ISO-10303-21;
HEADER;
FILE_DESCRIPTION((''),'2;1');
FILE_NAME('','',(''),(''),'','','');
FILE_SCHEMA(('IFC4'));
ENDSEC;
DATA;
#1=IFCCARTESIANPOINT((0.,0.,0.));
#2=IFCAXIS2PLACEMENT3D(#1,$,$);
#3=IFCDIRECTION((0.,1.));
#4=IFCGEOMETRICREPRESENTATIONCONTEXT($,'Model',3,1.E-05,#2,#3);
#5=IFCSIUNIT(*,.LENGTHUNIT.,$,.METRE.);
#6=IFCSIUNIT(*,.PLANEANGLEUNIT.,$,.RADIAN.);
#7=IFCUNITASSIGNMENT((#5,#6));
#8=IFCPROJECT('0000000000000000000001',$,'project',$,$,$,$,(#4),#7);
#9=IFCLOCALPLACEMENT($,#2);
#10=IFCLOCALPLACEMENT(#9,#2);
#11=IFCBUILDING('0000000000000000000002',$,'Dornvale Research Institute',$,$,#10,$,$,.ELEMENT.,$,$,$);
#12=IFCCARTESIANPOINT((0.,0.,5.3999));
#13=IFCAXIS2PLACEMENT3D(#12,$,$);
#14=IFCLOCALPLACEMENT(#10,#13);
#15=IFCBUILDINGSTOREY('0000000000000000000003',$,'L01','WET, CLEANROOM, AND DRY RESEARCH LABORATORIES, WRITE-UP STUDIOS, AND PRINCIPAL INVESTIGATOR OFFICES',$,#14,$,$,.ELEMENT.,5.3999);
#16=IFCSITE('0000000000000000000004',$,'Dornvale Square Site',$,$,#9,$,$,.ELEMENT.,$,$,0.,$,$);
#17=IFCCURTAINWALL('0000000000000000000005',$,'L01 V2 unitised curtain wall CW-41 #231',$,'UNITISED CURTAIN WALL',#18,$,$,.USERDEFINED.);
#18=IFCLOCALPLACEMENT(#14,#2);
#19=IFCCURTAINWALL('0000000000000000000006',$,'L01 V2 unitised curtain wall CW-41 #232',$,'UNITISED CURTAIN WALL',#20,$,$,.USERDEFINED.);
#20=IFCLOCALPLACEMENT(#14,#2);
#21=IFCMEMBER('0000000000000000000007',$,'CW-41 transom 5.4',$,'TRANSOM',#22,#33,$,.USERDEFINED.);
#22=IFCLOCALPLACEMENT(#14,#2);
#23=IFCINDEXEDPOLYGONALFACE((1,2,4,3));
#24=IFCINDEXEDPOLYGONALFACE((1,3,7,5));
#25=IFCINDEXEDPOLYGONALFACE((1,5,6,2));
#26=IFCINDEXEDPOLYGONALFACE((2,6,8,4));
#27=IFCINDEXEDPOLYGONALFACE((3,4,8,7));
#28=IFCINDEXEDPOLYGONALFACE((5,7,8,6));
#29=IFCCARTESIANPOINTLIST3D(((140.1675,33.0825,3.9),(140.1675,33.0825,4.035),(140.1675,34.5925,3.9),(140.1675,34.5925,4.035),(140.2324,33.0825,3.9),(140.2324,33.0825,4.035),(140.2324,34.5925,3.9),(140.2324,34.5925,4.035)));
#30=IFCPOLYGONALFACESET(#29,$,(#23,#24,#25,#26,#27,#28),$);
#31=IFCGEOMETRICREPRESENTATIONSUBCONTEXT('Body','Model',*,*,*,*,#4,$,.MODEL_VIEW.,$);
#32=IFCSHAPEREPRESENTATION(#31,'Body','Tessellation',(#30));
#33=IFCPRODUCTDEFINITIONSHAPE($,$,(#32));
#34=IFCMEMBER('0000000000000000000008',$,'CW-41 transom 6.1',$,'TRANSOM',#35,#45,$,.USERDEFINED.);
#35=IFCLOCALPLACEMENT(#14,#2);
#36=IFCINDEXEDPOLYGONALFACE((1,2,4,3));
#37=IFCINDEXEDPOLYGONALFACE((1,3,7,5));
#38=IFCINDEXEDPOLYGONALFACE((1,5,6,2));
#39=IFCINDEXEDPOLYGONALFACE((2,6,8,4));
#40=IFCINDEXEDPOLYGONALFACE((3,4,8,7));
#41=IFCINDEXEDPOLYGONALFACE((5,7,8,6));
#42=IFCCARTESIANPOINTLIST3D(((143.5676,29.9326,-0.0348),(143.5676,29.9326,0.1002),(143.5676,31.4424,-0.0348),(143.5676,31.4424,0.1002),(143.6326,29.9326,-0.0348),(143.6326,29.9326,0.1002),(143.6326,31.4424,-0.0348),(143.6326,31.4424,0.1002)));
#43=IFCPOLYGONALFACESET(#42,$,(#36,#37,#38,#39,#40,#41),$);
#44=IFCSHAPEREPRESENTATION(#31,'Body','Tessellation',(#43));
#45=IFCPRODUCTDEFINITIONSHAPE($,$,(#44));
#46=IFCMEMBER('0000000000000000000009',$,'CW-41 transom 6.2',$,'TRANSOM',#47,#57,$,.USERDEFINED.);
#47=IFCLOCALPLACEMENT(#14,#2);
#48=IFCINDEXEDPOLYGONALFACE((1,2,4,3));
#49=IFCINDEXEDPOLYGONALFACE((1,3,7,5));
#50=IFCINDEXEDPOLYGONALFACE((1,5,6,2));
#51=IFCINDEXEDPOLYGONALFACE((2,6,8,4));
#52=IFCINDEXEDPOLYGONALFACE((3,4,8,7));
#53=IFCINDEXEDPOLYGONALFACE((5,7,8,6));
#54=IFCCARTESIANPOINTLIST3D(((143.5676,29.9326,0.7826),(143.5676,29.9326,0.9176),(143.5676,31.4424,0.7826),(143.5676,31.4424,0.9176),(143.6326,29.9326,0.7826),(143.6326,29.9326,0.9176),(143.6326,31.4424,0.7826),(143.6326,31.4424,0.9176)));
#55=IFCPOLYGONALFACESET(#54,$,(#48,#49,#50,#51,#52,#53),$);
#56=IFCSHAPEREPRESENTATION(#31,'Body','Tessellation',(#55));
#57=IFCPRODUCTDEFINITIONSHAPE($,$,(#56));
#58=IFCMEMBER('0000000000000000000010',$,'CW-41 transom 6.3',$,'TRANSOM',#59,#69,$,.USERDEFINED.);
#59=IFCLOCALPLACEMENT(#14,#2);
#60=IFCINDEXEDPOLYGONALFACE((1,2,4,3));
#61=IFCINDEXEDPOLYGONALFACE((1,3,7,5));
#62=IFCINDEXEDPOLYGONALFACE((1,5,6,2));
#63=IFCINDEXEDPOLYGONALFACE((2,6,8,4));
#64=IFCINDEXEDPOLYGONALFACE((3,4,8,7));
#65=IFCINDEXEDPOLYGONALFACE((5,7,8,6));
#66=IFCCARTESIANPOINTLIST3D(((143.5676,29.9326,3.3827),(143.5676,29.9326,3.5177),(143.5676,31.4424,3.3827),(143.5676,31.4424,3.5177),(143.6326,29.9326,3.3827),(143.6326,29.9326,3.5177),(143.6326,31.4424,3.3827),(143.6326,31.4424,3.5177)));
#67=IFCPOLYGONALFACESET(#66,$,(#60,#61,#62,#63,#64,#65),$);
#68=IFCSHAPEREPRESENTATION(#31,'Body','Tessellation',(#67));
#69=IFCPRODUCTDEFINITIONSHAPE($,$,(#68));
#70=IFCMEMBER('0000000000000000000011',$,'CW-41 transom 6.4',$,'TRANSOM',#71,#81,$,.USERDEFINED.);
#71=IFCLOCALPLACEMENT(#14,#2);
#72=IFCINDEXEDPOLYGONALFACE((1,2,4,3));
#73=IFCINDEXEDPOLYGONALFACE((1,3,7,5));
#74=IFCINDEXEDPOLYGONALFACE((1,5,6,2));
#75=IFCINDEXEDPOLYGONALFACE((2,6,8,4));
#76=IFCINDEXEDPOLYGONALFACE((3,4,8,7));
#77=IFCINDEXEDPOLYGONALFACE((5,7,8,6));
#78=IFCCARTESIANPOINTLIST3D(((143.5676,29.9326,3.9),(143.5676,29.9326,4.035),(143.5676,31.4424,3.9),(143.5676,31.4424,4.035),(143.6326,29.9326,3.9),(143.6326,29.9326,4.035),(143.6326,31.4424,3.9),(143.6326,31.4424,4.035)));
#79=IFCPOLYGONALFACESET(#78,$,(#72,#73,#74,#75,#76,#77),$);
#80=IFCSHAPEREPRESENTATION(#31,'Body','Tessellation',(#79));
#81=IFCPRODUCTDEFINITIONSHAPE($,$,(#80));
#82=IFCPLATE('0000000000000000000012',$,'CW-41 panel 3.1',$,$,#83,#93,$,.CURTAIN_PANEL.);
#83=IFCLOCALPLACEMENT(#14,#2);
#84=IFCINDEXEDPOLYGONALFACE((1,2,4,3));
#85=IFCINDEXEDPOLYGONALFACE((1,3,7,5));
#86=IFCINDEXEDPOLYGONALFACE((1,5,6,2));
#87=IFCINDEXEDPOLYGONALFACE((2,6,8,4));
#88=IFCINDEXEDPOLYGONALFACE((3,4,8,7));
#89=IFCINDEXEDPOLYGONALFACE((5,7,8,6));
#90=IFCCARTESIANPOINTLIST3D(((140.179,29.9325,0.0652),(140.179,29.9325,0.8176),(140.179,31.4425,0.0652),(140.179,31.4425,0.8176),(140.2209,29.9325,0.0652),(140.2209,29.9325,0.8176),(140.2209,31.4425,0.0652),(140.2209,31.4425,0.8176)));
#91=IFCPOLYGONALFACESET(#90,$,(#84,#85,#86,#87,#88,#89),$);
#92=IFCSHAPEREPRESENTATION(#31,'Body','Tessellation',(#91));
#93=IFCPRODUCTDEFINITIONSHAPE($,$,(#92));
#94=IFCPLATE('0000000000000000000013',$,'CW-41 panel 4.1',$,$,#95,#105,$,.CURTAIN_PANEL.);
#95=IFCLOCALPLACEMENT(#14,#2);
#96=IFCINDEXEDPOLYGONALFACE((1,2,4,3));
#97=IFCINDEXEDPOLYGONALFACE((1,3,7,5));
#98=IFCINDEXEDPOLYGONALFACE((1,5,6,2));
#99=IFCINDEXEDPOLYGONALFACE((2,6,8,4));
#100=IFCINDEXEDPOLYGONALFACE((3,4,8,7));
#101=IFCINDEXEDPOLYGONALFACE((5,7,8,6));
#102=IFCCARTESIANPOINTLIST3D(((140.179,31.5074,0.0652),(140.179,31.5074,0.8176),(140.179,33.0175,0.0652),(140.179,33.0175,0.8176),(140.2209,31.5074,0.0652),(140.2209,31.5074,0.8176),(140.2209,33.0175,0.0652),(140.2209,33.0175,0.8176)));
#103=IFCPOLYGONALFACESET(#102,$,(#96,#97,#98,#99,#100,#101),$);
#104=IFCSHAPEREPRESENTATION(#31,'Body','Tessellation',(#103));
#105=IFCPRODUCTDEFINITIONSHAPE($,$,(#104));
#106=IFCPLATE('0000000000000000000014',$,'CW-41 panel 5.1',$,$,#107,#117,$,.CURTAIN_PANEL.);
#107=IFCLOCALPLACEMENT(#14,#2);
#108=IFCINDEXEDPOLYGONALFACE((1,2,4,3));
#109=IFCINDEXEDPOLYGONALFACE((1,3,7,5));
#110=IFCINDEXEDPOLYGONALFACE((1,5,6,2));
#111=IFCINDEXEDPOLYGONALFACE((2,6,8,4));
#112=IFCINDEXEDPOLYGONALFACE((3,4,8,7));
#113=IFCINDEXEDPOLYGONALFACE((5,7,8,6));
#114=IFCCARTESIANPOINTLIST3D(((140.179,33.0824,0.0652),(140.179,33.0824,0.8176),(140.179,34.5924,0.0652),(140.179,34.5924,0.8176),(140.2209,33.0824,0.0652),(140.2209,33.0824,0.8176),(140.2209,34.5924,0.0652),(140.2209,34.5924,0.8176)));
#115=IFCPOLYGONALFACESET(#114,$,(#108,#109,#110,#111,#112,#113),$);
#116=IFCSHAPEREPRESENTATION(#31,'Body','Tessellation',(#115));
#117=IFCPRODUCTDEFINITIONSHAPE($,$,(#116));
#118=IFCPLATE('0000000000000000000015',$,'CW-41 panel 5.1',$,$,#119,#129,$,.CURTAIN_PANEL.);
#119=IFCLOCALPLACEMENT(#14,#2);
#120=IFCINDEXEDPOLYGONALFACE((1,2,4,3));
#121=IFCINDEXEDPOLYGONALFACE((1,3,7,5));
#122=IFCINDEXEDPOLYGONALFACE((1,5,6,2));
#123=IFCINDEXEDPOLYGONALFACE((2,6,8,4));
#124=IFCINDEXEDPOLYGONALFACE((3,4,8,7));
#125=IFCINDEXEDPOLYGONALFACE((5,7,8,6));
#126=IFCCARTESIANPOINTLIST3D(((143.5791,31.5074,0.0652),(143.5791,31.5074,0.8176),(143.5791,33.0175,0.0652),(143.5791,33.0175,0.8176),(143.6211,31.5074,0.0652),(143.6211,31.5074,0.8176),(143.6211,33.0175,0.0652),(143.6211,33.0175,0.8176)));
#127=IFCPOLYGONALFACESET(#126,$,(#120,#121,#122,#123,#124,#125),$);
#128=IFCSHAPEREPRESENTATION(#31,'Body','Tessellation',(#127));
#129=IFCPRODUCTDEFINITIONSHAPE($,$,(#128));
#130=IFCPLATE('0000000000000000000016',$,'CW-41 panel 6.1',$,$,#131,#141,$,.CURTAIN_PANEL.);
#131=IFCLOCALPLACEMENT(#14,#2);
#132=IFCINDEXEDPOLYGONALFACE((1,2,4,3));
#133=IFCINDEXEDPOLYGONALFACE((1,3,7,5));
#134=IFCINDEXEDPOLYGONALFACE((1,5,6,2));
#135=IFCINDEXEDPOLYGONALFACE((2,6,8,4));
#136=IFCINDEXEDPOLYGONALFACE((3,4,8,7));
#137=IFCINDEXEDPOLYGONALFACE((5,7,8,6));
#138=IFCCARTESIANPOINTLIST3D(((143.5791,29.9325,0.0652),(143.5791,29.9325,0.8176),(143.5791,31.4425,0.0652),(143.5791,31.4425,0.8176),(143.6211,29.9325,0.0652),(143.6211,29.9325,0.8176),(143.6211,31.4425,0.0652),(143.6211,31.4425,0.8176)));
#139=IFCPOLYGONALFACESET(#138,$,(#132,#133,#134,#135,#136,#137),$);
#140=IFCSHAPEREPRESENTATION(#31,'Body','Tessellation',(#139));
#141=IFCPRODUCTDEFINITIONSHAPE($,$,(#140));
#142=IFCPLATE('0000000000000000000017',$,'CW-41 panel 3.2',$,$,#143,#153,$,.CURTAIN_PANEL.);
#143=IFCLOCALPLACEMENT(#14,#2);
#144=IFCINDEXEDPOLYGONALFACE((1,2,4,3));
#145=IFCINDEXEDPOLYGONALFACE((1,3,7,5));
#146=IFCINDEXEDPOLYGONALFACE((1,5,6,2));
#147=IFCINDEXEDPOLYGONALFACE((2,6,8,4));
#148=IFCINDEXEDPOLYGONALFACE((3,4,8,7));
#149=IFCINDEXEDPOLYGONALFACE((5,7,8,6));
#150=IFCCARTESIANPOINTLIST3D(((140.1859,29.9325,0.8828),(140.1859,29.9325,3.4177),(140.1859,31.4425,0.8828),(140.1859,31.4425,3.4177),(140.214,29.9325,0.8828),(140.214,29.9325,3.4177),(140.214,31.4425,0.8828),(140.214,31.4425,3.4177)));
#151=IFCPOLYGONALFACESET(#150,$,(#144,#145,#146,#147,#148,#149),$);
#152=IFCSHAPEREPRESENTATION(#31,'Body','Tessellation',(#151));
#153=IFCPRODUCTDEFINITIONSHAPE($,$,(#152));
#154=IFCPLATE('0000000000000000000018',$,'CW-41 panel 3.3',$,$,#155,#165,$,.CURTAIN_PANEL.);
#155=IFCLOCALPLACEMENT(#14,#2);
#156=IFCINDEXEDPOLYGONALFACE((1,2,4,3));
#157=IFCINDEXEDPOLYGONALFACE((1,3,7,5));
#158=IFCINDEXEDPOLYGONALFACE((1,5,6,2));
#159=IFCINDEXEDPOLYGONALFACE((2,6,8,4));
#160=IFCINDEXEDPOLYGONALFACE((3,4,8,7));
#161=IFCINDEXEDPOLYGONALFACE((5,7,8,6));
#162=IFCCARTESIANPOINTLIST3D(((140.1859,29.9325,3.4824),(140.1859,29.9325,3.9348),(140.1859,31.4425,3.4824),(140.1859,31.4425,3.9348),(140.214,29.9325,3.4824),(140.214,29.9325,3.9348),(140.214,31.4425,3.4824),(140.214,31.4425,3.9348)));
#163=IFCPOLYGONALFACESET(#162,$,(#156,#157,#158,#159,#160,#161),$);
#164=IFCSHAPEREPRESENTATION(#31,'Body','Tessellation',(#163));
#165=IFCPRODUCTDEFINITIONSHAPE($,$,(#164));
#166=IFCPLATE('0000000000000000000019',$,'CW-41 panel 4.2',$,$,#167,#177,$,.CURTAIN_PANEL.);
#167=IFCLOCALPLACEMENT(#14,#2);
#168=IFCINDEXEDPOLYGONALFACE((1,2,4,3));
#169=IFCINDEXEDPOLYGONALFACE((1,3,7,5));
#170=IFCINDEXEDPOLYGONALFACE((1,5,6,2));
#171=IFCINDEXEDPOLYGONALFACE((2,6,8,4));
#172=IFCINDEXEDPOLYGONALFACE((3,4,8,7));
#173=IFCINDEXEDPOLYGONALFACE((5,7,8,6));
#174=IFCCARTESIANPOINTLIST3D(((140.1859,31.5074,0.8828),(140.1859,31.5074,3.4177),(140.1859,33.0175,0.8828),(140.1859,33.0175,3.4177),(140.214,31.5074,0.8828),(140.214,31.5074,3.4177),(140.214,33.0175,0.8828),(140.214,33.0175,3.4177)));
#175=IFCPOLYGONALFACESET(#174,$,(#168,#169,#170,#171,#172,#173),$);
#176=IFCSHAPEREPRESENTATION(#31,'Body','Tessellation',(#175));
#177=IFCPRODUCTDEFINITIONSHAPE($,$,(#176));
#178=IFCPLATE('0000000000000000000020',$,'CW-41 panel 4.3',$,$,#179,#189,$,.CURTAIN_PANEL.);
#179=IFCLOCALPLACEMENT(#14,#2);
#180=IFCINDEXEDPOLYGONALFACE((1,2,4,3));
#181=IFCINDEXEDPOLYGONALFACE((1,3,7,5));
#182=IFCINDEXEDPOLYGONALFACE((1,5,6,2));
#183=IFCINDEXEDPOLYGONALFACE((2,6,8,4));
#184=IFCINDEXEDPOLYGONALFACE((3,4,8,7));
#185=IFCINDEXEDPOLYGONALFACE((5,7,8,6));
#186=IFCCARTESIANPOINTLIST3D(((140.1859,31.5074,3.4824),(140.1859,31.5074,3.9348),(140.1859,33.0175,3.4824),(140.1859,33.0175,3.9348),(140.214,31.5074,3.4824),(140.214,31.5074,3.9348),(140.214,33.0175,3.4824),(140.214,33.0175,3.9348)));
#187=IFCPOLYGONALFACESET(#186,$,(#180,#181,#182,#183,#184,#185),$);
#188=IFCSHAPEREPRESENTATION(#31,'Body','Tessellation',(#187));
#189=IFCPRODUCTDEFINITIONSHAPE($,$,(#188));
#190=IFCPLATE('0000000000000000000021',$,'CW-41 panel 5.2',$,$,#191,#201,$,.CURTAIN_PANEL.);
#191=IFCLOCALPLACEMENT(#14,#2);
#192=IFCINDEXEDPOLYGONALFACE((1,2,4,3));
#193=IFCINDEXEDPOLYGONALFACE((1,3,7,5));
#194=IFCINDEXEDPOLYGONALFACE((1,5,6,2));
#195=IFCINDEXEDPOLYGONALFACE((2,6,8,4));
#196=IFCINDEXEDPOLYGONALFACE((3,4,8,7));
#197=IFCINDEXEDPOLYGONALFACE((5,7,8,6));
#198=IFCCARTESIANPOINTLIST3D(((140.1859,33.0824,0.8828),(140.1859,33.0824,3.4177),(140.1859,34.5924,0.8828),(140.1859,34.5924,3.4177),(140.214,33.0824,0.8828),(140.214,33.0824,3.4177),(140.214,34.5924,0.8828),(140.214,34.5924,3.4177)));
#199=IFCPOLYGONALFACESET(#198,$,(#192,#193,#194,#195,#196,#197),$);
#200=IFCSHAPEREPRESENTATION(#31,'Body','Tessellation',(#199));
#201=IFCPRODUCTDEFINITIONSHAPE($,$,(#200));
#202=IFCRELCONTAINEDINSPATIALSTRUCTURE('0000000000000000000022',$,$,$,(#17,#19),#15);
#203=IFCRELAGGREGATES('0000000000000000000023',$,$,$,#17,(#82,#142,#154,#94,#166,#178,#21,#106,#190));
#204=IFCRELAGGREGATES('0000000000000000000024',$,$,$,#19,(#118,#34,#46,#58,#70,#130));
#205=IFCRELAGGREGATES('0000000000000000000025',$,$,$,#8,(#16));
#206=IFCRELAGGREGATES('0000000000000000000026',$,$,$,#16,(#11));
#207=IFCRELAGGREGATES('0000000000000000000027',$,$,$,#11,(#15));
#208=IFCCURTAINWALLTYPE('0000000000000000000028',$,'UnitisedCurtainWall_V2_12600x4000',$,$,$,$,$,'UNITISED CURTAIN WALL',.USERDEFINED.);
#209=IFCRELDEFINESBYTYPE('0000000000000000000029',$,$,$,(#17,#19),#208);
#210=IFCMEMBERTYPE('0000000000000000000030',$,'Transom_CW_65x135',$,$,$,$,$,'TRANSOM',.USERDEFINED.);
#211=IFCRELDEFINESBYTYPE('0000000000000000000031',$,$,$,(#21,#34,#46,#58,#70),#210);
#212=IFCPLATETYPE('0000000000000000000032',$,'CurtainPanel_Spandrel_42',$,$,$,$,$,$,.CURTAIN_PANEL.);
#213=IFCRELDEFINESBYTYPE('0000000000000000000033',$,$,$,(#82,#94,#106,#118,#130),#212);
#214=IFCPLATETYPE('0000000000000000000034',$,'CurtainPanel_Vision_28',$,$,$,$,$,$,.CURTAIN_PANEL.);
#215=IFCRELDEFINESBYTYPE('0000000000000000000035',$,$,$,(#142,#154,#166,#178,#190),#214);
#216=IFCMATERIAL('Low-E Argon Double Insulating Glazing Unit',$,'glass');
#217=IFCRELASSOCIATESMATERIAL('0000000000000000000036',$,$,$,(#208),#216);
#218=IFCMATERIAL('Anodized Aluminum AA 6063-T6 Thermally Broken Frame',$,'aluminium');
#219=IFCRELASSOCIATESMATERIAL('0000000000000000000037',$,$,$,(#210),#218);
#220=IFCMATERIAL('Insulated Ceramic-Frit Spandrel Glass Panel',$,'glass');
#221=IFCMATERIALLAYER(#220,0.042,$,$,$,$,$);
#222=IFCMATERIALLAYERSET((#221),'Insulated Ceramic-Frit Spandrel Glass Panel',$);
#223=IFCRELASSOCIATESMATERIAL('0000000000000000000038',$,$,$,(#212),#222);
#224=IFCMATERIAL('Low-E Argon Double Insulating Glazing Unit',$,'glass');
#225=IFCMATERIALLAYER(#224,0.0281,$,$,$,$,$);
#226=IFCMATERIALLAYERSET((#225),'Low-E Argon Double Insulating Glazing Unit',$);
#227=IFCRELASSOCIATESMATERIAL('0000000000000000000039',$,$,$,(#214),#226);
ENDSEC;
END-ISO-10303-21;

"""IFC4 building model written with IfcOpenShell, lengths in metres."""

from ifc_helpers import new_model, si_unit, direction, frame, origin, origin_2d, place, context, subcontext, project, spatial, rectangle, extrude, material, layer, layer_set, material_profile, profile_set, type_object, element, aggregate, save


model = new_model("IFC4")

# Units and contexts
model_context = context("Model", 3, precision=1e-05, world=origin(), true_north=direction((0.0, 1.0)))
body_context = subcontext(model_context, "Body", "Model", "MODEL_VIEW")
ifc_project = project(units=[si_unit("LENGTHUNIT", "METRE"), si_unit("PLANEANGLEUNIT", "RADIAN")], contexts=[model_context])

# Site, building, storey
site_placement = place(None, origin())
site = spatial("IfcSite", under=ifc_project, at=site_placement, Name="Dornvale Square Site", CompositionType="ELEMENT", RefElevation=0.0)
building_placement = place(site_placement, origin())
building = spatial("IfcBuilding", under=site, at=building_placement, Name="Dornvale Research Institute", CompositionType="ELEMENT")
storey_placement = place(building_placement, frame((0.0, 0.0, 5.3999)))
storey = spatial("IfcBuildingStorey", under=building, at=storey_placement, Name="L01", Description="WET, CLEANROOM, AND DRY RESEARCH LABORATORIES, WRITE-UP STUDIOS, AND PRINCIPAL INVESTIGATOR OFFICES", CompositionType="ELEMENT", Elevation=5.3999)

# Curtain walls
ifc_material_1 = material(Name="Low-E Argon Double Insulating Glazing Unit", Category="glass")
curtain_wall_type = type_object("IfcCurtainWallType", Name="UnitisedCurtainWall_V2_12600x4000", ElementType="UNITISED CURTAIN WALL", PredefinedType="USERDEFINED", material=ifc_material_1)
curtain_wall_1_placement = place(storey_placement, origin())
curtain_wall_1 = element("IfcCurtainWall", 1, at=curtain_wall_1_placement, inside=storey, type_object=curtain_wall_type, Name="L01 V2 unitised curtain wall CW-41 #231", ObjectType="UNITISED CURTAIN WALL", PredefinedType="USERDEFINED")
curtain_wall_2_placement = place(storey_placement, origin())
curtain_wall_2 = element("IfcCurtainWall", 2, at=curtain_wall_2_placement, inside=storey, type_object=curtain_wall_type, Name="L01 V2 unitised curtain wall CW-41 #232", ObjectType="UNITISED CURTAIN WALL", PredefinedType="USERDEFINED")

# Members
ifc_material_2 = material(Name="Anodized Aluminum AA 6063-T6 Thermally Broken Frame", Category="aluminium")
ifc_material_profile_1 = material_profile(ifc_material_2, rectangle(XDim=0.0649, YDim=0.135, at=origin_2d()), Name="ALU TRANSOM 65x135")
ifc_profile_set_1 = profile_set([ifc_material_profile_1], Name="Anodized Aluminum AA 6063-T6 Thermally Broken Frame")
member_type_1 = type_object("IfcMemberType", Name="Transom_CW_65x135", ElementType="TRANSOM", PredefinedType="USERDEFINED", material=ifc_profile_set_1)
member_1_placement = place(storey_placement, frame((140.2, 33.0825, 3.9675), z_axis=(0.0, 1.0, 0.0), x_axis=(-1.0, 0.0, 0.0)))
member_1 = element("IfcMember", 3, at=member_1_placement, type_object=member_type_1, Name="CW-41 transom 5.4", ObjectType="TRANSOM", PredefinedType="USERDEFINED", context=body_context, shape_type="SweptSolid", body=[
    extrude(rectangle(XDim=0.0649, YDim=0.135, at=origin_2d()), origin(), (0.0, 0.0, 1.0), 1.51),
])
member_2_placement = place(storey_placement, frame((143.6001, 31.4424, 0.0327), z_axis=(0.0, -1.0, 0.0), x_axis=(1.0, 0.0, 0.0)))
member_2 = element("IfcMember", 4, at=member_2_placement, type_object=member_type_1, Name="CW-41 transom 6.1", ObjectType="TRANSOM", PredefinedType="USERDEFINED", context=body_context, shape_type="SweptSolid", body=[
    extrude(rectangle(XDim=0.0649, YDim=0.135, at=origin_2d()), origin(), (0.0, 0.0, 1.0), 1.5098),
])
member_3_placement = place(storey_placement, frame((143.6001, 31.4424, 0.8501), z_axis=(0.0, -1.0, 0.0), x_axis=(1.0, 0.0, 0.0)))
member_3 = element("IfcMember", 5, at=member_3_placement, type_object=member_type_1, Name="CW-41 transom 6.2", ObjectType="TRANSOM", PredefinedType="USERDEFINED", context=body_context, shape_type="SweptSolid", body=[
    extrude(rectangle(XDim=0.0649, YDim=0.135, at=origin_2d()), origin(), (0.0, 0.0, 1.0), 1.5098),
])
member_4_placement = place(storey_placement, frame((143.6001, 31.4424, 3.4502), z_axis=(0.0, -1.0, 0.0), x_axis=(1.0, 0.0, 0.0)))
member_4 = element("IfcMember", 6, at=member_4_placement, type_object=member_type_1, Name="CW-41 transom 6.3", ObjectType="TRANSOM", PredefinedType="USERDEFINED", context=body_context, shape_type="SweptSolid", body=[
    extrude(rectangle(XDim=0.0649, YDim=0.135, at=origin_2d()), origin(), (0.0, 0.0, 1.0), 1.5098),
])
member_5_placement = place(storey_placement, frame((143.6001, 31.4424, 3.9675), z_axis=(0.0, -1.0, 0.0), x_axis=(1.0, 0.0, 0.0)))
member_5 = element("IfcMember", 7, at=member_5_placement, type_object=member_type_1, Name="CW-41 transom 6.4", ObjectType="TRANSOM", PredefinedType="USERDEFINED", context=body_context, shape_type="SweptSolid", body=[
    extrude(rectangle(XDim=0.0649, YDim=0.135, at=origin_2d()), origin(), (0.0, 0.0, 1.0), 1.5098),
])

# Plates
ifc_material_3 = material(Name="Insulated Ceramic-Frit Spandrel Glass Panel", Category="glass")
ifc_layer_1 = layer(ifc_material_3, 0.042)
ifc_layer_set_1 = layer_set([ifc_layer_1], Name="Insulated Ceramic-Frit Spandrel Glass Panel")
plate_type_1 = type_object("IfcPlateType", Name="CurtainPanel_Spandrel_42", PredefinedType="CURTAIN_PANEL", material=ifc_layer_set_1)
plate_1_placement = place(storey_placement, frame((140.2, 30.6875, 0.0652), z_axis=(0.0, 0.0, 1.0), x_axis=(0.0, 1.0, 0.0)))
plate_1 = element("IfcPlate", 8, at=plate_1_placement, type_object=plate_type_1, Name="CW-41 panel 3.1", PredefinedType="CURTAIN_PANEL", context=body_context, shape_type="SweptSolid", body=[
    extrude(rectangle(XDim=1.51, YDim=0.042, at=origin_2d()), origin(), (0.0, 0.0, 1.0), 0.7524),
])
plate_2_placement = place(storey_placement, frame((140.2, 32.2625, 0.0652), z_axis=(0.0, 0.0, 1.0), x_axis=(0.0, 1.0, 0.0)))
plate_2 = element("IfcPlate", 9, at=plate_2_placement, type_object=plate_type_1, Name="CW-41 panel 4.1", PredefinedType="CURTAIN_PANEL", context=body_context, shape_type="SweptSolid", body=[
    extrude(rectangle(XDim=1.51, YDim=0.042, at=origin_2d()), origin(), (0.0, 0.0, 1.0), 0.7524),
])
plate_3_placement = place(storey_placement, frame((140.2, 33.8374, 0.0652), z_axis=(0.0, 0.0, 1.0), x_axis=(0.0, 1.0, 0.0)))
plate_3 = element("IfcPlate", 10, at=plate_3_placement, type_object=plate_type_1, Name="CW-41 panel 5.1", PredefinedType="CURTAIN_PANEL", context=body_context, shape_type="SweptSolid", body=[
    extrude(rectangle(XDim=1.51, YDim=0.042, at=origin_2d()), origin(), (0.0, 0.0, 1.0), 0.7524),
])
plate_4_placement = place(storey_placement, frame((143.6001, 32.2625, 0.0652), z_axis=(0.0, 0.0, 1.0), x_axis=(0.0, -1.0, 0.0)))
plate_4 = element("IfcPlate", 11, at=plate_4_placement, type_object=plate_type_1, Name="CW-41 panel 5.1", PredefinedType="CURTAIN_PANEL", context=body_context, shape_type="SweptSolid", body=[
    extrude(rectangle(XDim=1.51, YDim=0.042, at=origin_2d()), origin(), (0.0, 0.0, 1.0), 0.7524),
])
plate_5_placement = place(storey_placement, frame((143.6001, 30.6875, 0.0652), z_axis=(0.0, 0.0, 1.0), x_axis=(0.0, -1.0, 0.0)))
plate_5 = element("IfcPlate", 12, at=plate_5_placement, type_object=plate_type_1, Name="CW-41 panel 6.1", PredefinedType="CURTAIN_PANEL", context=body_context, shape_type="SweptSolid", body=[
    extrude(rectangle(XDim=1.51, YDim=0.042, at=origin_2d()), origin(), (0.0, 0.0, 1.0), 0.7524),
])
ifc_material_4 = material(Name="Low-E Argon Double Insulating Glazing Unit", Category="glass")
ifc_layer_2 = layer(ifc_material_4, 0.0281)
ifc_layer_set_2 = layer_set([ifc_layer_2], Name="Low-E Argon Double Insulating Glazing Unit")
plate_type_2 = type_object("IfcPlateType", Name="CurtainPanel_Vision_28", PredefinedType="CURTAIN_PANEL", material=ifc_layer_set_2)
plate_6_placement = place(storey_placement, frame((140.2, 30.6875, 0.8828), z_axis=(0.0, 0.0, 1.0), x_axis=(0.0, 1.0, 0.0)))
plate_6 = element("IfcPlate", 13, at=plate_6_placement, type_object=plate_type_2, Name="CW-41 panel 3.2", PredefinedType="CURTAIN_PANEL", context=body_context, shape_type="SweptSolid", body=[
    extrude(rectangle(XDim=1.51, YDim=0.0281, at=origin_2d()), origin(), (0.0, 0.0, 1.0), 2.5349),
])
plate_7_placement = place(storey_placement, frame((140.2, 30.6875, 3.4824), z_axis=(0.0, 0.0, 1.0), x_axis=(0.0, 1.0, 0.0)))
plate_7 = element("IfcPlate", 14, at=plate_7_placement, type_object=plate_type_2, Name="CW-41 panel 3.3", PredefinedType="CURTAIN_PANEL", context=body_context, shape_type="SweptSolid", body=[
    extrude(rectangle(XDim=1.51, YDim=0.0281, at=origin_2d()), origin(), (0.0, 0.0, 1.0), 0.4524),
])
plate_8_placement = place(storey_placement, frame((140.2, 32.2625, 0.8828), z_axis=(0.0, 0.0, 1.0), x_axis=(0.0, 1.0, 0.0)))
plate_8 = element("IfcPlate", 15, at=plate_8_placement, type_object=plate_type_2, Name="CW-41 panel 4.2", PredefinedType="CURTAIN_PANEL", context=body_context, shape_type="SweptSolid", body=[
    extrude(rectangle(XDim=1.51, YDim=0.0281, at=origin_2d()), origin(), (0.0, 0.0, 1.0), 2.5349),
])
plate_9_placement = place(storey_placement, frame((140.2, 32.2625, 3.4824), z_axis=(0.0, 0.0, 1.0), x_axis=(0.0, 1.0, 0.0)))
plate_9 = element("IfcPlate", 16, at=plate_9_placement, type_object=plate_type_2, Name="CW-41 panel 4.3", PredefinedType="CURTAIN_PANEL", context=body_context, shape_type="SweptSolid", body=[
    extrude(rectangle(XDim=1.51, YDim=0.0281, at=origin_2d()), origin(), (0.0, 0.0, 1.0), 0.4524),
])
plate_10_placement = place(storey_placement, frame((140.2, 33.8374, 0.8828), z_axis=(0.0, 0.0, 1.0), x_axis=(0.0, 1.0, 0.0)))
plate_10 = element("IfcPlate", 17, at=plate_10_placement, type_object=plate_type_2, Name="CW-41 panel 5.2", PredefinedType="CURTAIN_PANEL", context=body_context, shape_type="SweptSolid", body=[
    extrude(rectangle(XDim=1.51, YDim=0.0281, at=origin_2d()), origin(), (0.0, 0.0, 1.0), 2.5349),
])
aggregate(curtain_wall_1, [plate_1, plate_6, plate_7, plate_2, plate_8, plate_9, member_1, plate_3, plate_10])
aggregate(curtain_wall_2, [plate_4, member_2, member_3, member_4, member_5, plate_5])

save(model, "model.ifc")
